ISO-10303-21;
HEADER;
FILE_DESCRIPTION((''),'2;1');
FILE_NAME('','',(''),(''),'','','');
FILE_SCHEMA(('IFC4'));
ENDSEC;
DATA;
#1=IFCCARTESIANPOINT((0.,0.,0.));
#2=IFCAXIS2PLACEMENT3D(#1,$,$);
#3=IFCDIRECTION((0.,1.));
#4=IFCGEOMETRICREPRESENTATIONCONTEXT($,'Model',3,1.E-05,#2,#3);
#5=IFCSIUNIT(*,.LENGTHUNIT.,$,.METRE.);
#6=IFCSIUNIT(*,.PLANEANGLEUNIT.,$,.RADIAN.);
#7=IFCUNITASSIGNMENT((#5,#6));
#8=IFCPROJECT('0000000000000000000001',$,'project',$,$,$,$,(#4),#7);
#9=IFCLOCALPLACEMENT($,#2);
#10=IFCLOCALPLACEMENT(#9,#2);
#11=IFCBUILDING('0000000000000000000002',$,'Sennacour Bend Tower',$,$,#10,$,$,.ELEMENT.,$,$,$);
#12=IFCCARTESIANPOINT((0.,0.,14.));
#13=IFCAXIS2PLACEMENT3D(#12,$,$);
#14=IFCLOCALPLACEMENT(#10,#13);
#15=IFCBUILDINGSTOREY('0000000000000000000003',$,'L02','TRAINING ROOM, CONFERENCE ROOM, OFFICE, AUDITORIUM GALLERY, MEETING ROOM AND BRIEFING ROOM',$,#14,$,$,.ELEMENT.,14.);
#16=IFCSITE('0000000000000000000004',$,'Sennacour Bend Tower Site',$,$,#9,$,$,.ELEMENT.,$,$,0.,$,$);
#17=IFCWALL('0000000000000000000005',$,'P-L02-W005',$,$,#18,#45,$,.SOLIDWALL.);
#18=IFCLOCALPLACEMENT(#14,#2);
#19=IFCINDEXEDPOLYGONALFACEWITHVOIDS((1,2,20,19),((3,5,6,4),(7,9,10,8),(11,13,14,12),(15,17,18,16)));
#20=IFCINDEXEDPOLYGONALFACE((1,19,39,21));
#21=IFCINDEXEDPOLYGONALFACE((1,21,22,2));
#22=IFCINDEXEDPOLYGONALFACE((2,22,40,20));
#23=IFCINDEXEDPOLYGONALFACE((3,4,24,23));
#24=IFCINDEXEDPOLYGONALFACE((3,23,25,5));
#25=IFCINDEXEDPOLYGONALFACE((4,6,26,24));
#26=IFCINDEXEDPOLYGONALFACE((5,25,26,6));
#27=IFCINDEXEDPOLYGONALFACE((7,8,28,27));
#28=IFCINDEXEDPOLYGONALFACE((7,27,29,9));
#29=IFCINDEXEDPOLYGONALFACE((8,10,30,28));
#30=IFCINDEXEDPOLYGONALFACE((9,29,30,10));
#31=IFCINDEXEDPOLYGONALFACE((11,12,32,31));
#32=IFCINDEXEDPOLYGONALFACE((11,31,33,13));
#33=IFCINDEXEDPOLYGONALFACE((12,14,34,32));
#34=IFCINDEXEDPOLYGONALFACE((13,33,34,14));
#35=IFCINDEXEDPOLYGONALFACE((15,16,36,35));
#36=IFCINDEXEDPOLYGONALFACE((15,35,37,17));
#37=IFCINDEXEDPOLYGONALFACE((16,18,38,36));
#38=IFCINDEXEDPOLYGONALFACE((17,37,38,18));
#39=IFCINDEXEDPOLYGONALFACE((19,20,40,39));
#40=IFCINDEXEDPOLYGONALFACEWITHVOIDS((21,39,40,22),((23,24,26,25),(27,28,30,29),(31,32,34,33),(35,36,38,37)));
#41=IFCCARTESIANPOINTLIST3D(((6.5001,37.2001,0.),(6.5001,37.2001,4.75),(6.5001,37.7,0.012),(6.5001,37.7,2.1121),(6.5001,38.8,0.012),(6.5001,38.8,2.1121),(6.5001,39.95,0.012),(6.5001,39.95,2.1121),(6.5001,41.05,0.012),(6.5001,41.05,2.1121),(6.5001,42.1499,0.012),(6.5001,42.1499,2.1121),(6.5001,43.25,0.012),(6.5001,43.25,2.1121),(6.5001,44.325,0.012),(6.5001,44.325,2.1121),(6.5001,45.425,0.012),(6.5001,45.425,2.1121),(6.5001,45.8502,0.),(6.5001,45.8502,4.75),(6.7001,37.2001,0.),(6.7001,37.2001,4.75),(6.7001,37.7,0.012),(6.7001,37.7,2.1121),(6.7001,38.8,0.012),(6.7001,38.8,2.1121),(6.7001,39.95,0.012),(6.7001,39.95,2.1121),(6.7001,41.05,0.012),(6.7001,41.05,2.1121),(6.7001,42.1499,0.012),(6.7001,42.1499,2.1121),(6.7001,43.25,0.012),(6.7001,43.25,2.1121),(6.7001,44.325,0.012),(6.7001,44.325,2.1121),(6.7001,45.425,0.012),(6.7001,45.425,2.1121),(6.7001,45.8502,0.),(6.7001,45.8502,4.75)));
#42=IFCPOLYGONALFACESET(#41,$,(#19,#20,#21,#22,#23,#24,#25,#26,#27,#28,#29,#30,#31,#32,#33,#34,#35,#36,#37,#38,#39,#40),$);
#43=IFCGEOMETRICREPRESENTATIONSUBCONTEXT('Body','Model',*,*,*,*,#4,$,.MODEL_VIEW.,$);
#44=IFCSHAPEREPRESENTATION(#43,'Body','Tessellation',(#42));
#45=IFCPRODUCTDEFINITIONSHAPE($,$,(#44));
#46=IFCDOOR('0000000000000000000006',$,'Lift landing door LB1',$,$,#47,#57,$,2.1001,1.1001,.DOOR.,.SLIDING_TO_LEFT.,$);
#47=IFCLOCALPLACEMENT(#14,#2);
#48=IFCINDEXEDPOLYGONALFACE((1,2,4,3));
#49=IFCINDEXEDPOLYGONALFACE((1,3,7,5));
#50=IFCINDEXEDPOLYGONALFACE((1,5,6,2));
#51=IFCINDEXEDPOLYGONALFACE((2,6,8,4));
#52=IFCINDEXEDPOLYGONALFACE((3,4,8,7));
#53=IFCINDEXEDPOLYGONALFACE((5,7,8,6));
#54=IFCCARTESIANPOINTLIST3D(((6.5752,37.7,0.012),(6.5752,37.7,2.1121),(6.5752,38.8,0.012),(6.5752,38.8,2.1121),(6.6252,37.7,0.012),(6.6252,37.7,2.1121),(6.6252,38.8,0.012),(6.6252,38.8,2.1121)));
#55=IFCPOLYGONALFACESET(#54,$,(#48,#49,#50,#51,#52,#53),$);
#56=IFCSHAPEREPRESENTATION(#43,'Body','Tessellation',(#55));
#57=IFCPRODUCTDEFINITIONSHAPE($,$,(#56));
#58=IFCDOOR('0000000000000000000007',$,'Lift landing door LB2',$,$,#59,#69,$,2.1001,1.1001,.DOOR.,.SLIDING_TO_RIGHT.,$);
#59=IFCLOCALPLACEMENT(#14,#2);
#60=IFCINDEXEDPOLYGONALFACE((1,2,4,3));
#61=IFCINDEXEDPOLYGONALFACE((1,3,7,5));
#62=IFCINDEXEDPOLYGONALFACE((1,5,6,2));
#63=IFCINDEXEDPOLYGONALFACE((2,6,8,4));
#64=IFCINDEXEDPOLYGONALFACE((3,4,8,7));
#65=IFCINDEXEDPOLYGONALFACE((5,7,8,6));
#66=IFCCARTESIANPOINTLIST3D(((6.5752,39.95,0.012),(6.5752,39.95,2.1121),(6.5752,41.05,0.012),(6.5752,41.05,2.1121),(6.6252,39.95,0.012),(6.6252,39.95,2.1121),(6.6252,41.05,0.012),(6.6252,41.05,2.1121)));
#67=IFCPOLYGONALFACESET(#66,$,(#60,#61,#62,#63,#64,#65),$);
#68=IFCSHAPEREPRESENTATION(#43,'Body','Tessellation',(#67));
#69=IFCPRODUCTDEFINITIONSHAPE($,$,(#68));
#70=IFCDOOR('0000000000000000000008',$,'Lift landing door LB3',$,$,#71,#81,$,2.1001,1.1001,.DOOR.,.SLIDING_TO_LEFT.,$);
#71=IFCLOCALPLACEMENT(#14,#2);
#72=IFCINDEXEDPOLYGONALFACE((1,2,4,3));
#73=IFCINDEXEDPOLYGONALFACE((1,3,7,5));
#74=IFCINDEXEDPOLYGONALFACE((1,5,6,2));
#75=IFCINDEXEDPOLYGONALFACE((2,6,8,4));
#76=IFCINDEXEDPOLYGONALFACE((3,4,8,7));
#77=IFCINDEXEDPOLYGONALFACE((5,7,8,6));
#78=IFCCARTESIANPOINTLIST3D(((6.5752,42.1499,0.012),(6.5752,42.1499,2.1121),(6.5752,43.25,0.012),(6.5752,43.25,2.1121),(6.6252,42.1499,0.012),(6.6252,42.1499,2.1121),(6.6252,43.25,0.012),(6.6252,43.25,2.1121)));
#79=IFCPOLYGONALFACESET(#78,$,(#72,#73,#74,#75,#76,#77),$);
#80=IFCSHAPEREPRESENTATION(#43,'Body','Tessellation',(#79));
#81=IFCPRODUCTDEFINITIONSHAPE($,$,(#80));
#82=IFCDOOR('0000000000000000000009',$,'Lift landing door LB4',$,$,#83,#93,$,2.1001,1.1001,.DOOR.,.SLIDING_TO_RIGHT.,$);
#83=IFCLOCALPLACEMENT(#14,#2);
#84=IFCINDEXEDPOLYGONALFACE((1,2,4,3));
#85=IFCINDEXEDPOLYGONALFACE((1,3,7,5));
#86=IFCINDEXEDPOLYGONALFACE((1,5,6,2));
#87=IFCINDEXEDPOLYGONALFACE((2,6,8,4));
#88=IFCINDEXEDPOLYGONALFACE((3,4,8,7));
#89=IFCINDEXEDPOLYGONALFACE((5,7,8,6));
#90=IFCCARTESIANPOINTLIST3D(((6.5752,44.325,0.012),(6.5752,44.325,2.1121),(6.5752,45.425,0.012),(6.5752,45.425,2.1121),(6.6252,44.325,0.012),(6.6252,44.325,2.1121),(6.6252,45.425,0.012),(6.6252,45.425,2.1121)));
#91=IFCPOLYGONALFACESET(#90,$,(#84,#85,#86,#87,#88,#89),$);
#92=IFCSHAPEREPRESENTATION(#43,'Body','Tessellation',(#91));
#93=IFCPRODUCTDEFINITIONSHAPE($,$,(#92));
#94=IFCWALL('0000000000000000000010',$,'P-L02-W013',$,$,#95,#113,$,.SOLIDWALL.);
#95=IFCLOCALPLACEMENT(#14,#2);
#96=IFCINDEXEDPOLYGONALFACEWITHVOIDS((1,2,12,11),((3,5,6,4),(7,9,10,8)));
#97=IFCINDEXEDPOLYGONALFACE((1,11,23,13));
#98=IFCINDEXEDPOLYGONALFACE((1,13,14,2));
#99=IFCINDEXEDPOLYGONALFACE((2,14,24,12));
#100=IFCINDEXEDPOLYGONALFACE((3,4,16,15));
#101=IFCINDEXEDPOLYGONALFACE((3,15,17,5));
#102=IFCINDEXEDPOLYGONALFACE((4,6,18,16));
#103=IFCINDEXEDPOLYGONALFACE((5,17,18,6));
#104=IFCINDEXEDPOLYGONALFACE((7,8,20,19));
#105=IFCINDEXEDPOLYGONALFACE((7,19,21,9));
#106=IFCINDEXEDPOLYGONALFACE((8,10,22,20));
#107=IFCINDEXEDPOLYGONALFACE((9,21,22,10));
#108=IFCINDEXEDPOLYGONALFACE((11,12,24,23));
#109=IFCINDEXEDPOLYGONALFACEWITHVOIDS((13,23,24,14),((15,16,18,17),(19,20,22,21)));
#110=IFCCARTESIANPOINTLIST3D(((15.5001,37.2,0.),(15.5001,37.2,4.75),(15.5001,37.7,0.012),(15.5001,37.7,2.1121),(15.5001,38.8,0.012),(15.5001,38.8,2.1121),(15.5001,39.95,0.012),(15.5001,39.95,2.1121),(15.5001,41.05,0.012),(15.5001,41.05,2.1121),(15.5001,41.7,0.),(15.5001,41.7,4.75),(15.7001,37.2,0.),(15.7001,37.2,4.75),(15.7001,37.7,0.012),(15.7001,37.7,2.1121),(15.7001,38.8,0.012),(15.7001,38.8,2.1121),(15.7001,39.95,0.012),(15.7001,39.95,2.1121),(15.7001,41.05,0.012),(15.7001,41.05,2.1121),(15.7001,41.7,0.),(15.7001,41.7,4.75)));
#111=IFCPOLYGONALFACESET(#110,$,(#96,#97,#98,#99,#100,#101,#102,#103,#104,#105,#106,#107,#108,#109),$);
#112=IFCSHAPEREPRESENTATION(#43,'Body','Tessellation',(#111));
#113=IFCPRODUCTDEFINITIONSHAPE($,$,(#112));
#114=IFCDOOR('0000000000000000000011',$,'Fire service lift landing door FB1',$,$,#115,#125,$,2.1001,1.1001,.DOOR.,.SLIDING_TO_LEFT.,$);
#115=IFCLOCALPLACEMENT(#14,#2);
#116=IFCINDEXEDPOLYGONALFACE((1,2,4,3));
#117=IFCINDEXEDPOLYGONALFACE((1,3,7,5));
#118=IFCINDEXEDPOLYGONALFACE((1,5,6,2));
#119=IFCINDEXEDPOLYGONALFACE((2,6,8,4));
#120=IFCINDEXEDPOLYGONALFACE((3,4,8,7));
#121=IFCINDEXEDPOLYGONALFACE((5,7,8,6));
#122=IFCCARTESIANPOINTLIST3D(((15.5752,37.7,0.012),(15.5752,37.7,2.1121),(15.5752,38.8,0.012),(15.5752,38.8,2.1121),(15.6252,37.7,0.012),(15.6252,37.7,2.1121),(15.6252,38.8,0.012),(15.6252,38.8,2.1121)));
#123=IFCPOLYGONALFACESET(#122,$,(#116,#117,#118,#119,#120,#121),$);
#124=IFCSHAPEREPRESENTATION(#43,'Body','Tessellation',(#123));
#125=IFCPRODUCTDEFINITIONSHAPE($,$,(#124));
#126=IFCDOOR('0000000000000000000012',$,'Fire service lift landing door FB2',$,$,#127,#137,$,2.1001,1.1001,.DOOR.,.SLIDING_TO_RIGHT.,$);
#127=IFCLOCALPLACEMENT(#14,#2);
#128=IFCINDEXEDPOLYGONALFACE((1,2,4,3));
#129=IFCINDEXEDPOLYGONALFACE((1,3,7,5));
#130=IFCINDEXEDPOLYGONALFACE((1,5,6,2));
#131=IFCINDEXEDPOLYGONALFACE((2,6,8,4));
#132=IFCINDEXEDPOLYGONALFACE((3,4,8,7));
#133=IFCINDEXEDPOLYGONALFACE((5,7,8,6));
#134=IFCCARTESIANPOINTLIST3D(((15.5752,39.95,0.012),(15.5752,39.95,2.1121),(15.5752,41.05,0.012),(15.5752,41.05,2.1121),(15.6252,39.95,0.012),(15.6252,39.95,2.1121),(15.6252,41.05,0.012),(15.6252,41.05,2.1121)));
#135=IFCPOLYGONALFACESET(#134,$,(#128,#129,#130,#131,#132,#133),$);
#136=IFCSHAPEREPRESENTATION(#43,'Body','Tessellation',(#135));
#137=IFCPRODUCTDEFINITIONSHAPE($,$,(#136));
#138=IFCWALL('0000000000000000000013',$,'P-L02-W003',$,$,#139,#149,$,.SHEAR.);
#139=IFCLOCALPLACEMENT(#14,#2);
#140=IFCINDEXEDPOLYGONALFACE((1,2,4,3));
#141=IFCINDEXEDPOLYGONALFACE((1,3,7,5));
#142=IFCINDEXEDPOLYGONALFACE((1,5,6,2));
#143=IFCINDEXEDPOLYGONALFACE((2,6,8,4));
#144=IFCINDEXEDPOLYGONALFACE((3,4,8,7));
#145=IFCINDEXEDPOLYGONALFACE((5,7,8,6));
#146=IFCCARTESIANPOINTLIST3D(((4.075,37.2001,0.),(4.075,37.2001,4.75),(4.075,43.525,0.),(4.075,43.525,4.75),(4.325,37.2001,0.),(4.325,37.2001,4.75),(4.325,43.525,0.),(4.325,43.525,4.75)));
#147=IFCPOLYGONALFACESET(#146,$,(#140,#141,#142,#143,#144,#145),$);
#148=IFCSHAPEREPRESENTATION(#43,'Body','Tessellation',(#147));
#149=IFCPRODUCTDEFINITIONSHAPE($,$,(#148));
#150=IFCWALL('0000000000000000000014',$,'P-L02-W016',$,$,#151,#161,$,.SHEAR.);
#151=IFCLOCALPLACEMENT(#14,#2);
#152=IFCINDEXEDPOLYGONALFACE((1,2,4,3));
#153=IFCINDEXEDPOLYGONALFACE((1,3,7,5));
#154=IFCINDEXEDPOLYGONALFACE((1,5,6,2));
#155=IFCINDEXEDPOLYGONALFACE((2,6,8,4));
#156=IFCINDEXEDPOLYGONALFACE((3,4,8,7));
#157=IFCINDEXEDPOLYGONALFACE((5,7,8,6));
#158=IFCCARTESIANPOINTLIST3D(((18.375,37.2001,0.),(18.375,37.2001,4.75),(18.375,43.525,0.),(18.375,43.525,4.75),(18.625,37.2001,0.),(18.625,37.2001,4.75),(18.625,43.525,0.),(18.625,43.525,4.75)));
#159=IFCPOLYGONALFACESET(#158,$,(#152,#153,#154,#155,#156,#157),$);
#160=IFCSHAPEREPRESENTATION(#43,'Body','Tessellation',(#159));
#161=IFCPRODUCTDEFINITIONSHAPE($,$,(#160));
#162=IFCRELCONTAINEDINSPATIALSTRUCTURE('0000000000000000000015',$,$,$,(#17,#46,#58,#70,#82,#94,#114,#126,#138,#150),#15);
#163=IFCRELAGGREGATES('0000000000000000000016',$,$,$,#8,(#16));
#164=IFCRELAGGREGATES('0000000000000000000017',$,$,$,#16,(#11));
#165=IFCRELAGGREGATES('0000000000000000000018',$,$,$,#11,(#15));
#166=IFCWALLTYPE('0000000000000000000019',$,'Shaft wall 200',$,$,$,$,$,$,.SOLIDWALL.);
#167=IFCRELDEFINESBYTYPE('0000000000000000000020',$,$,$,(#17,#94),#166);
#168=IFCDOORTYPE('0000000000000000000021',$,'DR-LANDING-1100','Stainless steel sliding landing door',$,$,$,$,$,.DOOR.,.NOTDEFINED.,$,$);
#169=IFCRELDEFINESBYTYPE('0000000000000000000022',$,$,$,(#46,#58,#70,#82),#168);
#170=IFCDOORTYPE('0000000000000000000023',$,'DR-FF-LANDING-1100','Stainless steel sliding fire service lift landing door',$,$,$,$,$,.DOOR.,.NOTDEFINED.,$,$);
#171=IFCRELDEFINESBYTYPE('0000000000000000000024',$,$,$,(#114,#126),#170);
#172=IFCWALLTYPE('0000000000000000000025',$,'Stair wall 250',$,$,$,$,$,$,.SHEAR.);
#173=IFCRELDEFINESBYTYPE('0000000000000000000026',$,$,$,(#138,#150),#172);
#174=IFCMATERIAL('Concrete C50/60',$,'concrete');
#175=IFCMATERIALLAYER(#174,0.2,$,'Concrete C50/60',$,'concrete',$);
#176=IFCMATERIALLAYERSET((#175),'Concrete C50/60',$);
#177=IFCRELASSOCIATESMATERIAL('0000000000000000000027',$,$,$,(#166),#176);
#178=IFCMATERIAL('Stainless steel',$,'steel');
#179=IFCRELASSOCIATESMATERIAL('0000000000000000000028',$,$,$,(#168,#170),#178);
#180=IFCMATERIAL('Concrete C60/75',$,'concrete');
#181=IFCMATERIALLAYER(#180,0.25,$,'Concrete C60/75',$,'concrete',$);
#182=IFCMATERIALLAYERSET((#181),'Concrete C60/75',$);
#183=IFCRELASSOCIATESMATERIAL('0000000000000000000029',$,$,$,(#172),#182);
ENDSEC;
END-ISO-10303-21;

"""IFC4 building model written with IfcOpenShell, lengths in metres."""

from ifc_helpers import new_model, si_unit, direction, frame, frame_2d, origin, place, context, subcontext, project, spatial, rectangle, extrude, material, layer, layer_set, type_object, element, fill, save


model = new_model("IFC4")

# Units and contexts
model_context = context("Model", 3, precision=1e-05, world=origin(), true_north=direction((0.0, 1.0)))
body_context = subcontext(model_context, "Body", "Model", "MODEL_VIEW")
ifc_project = project(units=[si_unit("LENGTHUNIT", "METRE"), si_unit("PLANEANGLEUNIT", "RADIAN")], contexts=[model_context])

# Site, building, storey
site_placement = place(None, origin())
site = spatial("IfcSite", under=ifc_project, at=site_placement, Name="Sennacour Bend Tower Site", CompositionType="ELEMENT", RefElevation=0.0)
building_placement = place(site_placement, origin())
building = spatial("IfcBuilding", under=site, at=building_placement, Name="Sennacour Bend Tower", CompositionType="ELEMENT")
storey_placement = place(building_placement, frame((0.0, 0.0, 14.0)))
storey = spatial("IfcBuildingStorey", under=building, at=storey_placement, Name="L02", Description="TRAINING ROOM, CONFERENCE ROOM, OFFICE, AUDITORIUM GALLERY, MEETING ROOM AND BRIEFING ROOM", CompositionType="ELEMENT", Elevation=14.0)

# Walls, openings, doors
ifc_material_1 = material(Name="Concrete C50/60", Category="concrete")
ifc_layer_1 = layer(ifc_material_1, 0.2, Name="Concrete C50/60", Category="concrete")
ifc_layer_set_1 = layer_set([ifc_layer_1], Name="Concrete C50/60")
wall_type_1 = type_object("IfcWallType", Name="Shaft wall 200", PredefinedType="SOLIDWALL", material=ifc_layer_set_1)
wall_1_placement = place(storey_placement, frame((6.6001, 37.2, 0.0), z_axis=(0.0, 0.0, 1.0), x_axis=(0.0, 1.0, 0.0)))
wall_1 = element("IfcWall", 1, at=wall_1_placement, inside=storey, type_object=wall_type_1, Name="P-L02-W005", PredefinedType="SOLIDWALL", context=body_context, shape_type="SweptSolid", body=[
    extrude(rectangle(XDim=8.6501, YDim=0.2, at=frame_2d((4.3252, 0.0))), origin(), (0.0, 0.0, 1.0), 4.75),
])
opening_1_placement = place(wall_1_placement, frame((0.5, 0.0, 0.012)))
opening_1 = element("IfcOpeningElement", 2, at=opening_1_placement, cuts=wall_1, PredefinedType="OPENING", context=body_context, shape_type="SweptSolid", body=[
    extrude(rectangle(XDim=1.1001, YDim=2.1001, at=frame_2d((0.55, 1.05))), frame((0.0, 0.1099, 0.0), z_axis=(0.0, -1.0, 0.0), x_axis=(1.0, 0.0, 0.0)), (0.0, 0.0, 1.0), 0.22),
])
opening_2_placement = place(wall_1_placement, frame((2.75, 0.0, 0.012)))
opening_2 = element("IfcOpeningElement", 3, at=opening_2_placement, cuts=wall_1, PredefinedType="OPENING", context=body_context, shape_type="SweptSolid", body=[
    extrude(rectangle(XDim=1.1001, YDim=2.1001, at=frame_2d((0.55, 1.05))), frame((0.0, 0.1099, 0.0), z_axis=(0.0, -1.0, 0.0), x_axis=(1.0, 0.0, 0.0)), (0.0, 0.0, 1.0), 0.22),
])
opening_3_placement = place(wall_1_placement, frame((4.95, 0.0, 0.012)))
opening_3 = element("IfcOpeningElement", 4, at=opening_3_placement, cuts=wall_1, PredefinedType="OPENING", context=body_context, shape_type="SweptSolid", body=[
    extrude(rectangle(XDim=1.1001, YDim=2.1001, at=frame_2d((0.55, 1.05))), frame((0.0, 0.1099, 0.0), z_axis=(0.0, -1.0, 0.0), x_axis=(1.0, 0.0, 0.0)), (0.0, 0.0, 1.0), 0.22),
])
opening_4_placement = place(wall_1_placement, frame((7.125, 0.0, 0.012)))
opening_4 = element("IfcOpeningElement", 5, at=opening_4_placement, cuts=wall_1, PredefinedType="OPENING", context=body_context, shape_type="SweptSolid", body=[
    extrude(rectangle(XDim=1.1001, YDim=2.1001, at=frame_2d((0.55, 1.05))), frame((0.0, 0.1099, 0.0), z_axis=(0.0, -1.0, 0.0), x_axis=(1.0, 0.0, 0.0)), (0.0, 0.0, 1.0), 0.22),
])
ifc_material_2 = material(Name="Stainless steel", Category="steel")
door_type_1 = type_object("IfcDoorType", Name="DR-LANDING-1100", Description="Stainless steel sliding landing door", OperationType="NOTDEFINED", PredefinedType="DOOR", material=ifc_material_2)
door_1_placement = place(opening_1_placement, origin())
door_1 = element("IfcDoor", 6, at=door_1_placement, inside=storey, type_object=door_type_1, Name="Lift landing door LB1", OperationType="SLIDING_TO_LEFT", OverallHeight=2.1001, OverallWidth=1.1001, PredefinedType="DOOR", context=body_context, shape_type="SweptSolid", body=[
    extrude(rectangle(XDim=1.1001, YDim=2.1001, at=frame_2d((0.55, 1.05))), frame((0.0, 0.0249, 0.0), z_axis=(0.0, -1.0, 0.0), x_axis=(1.0, 0.0, 0.0)), (0.0, 0.0, 1.0), 0.05),
])
fill(opening_1, door_1)
door_2_placement = place(opening_2_placement, origin())
door_2 = element("IfcDoor", 7, at=door_2_placement, inside=storey, type_object=door_type_1, Name="Lift landing door LB2", OperationType="SLIDING_TO_RIGHT", OverallHeight=2.1001, OverallWidth=1.1001, PredefinedType="DOOR", context=body_context, shape_type="SweptSolid", body=[
    extrude(rectangle(XDim=1.1001, YDim=2.1001, at=frame_2d((0.55, 1.05))), frame((0.0, 0.0249, 0.0), z_axis=(0.0, -1.0, 0.0), x_axis=(1.0, 0.0, 0.0)), (0.0, 0.0, 1.0), 0.05),
])
fill(opening_2, door_2)
door_3_placement = place(opening_3_placement, origin())
door_3 = element("IfcDoor", 8, at=door_3_placement, inside=storey, type_object=door_type_1, Name="Lift landing door LB3", OperationType="SLIDING_TO_LEFT", OverallHeight=2.1001, OverallWidth=1.1001, PredefinedType="DOOR", context=body_context, shape_type="SweptSolid", body=[
    extrude(rectangle(XDim=1.1001, YDim=2.1001, at=frame_2d((0.55, 1.05))), frame((0.0, 0.0249, 0.0), z_axis=(0.0, -1.0, 0.0), x_axis=(1.0, 0.0, 0.0)), (0.0, 0.0, 1.0), 0.05),
])
fill(opening_3, door_3)
door_4_placement = place(opening_4_placement, origin())
door_4 = element("IfcDoor", 9, at=door_4_placement, inside=storey, type_object=door_type_1, Name="Lift landing door LB4", OperationType="SLIDING_TO_RIGHT", OverallHeight=2.1001, OverallWidth=1.1001, PredefinedType="DOOR", context=body_context, shape_type="SweptSolid", body=[
    extrude(rectangle(XDim=1.1001, YDim=2.1001, at=frame_2d((0.55, 1.05))), frame((0.0, 0.0249, 0.0), z_axis=(0.0, -1.0, 0.0), x_axis=(1.0, 0.0, 0.0)), (0.0, 0.0, 1.0), 0.05),
])
fill(opening_4, door_4)
wall_2_placement = place(storey_placement, frame((15.6001, 37.2, 0.0), z_axis=(0.0, 0.0, 1.0), x_axis=(0.0, 1.0, 0.0)))
wall_2 = element("IfcWall", 10, at=wall_2_placement, inside=storey, type_object=wall_type_1, Name="P-L02-W013", PredefinedType="SOLIDWALL", context=body_context, shape_type="SweptSolid", body=[
    extrude(rectangle(XDim=4.5, YDim=0.2, at=frame_2d((2.25, 0.0))), origin(), (0.0, 0.0, 1.0), 4.75),
])
opening_5_placement = place(wall_2_placement, frame((0.5, 0.0, 0.012)))
opening_5 = element("IfcOpeningElement", 11, at=opening_5_placement, cuts=wall_2, PredefinedType="OPENING", context=body_context, shape_type="SweptSolid", body=[
    extrude(rectangle(XDim=1.1001, YDim=2.1001, at=frame_2d((0.55, 1.05))), frame((0.0, 0.1099, 0.0), z_axis=(0.0, -1.0, 0.0), x_axis=(1.0, 0.0, 0.0)), (0.0, 0.0, 1.0), 0.22),
])
opening_6_placement = place(wall_2_placement, frame((2.75, 0.0, 0.012)))
opening_6 = element("IfcOpeningElement", 12, at=opening_6_placement, cuts=wall_2, PredefinedType="OPENING", context=body_context, shape_type="SweptSolid", body=[
    extrude(rectangle(XDim=1.1001, YDim=2.1001, at=frame_2d((0.55, 1.05))), frame((0.0, 0.1099, 0.0), z_axis=(0.0, -1.0, 0.0), x_axis=(1.0, 0.0, 0.0)), (0.0, 0.0, 1.0), 0.22),
])
door_type_2 = type_object("IfcDoorType", Name="DR-FF-LANDING-1100", Description="Stainless steel sliding fire service lift landing door", OperationType="NOTDEFINED", PredefinedType="DOOR", material=ifc_material_2)
door_5_placement = place(opening_5_placement, origin())
door_5 = element("IfcDoor", 13, at=door_5_placement, inside=storey, type_object=door_type_2, Name="Fire service lift landing door FB1", OperationType="SLIDING_TO_LEFT", OverallHeight=2.1001, OverallWidth=1.1001, PredefinedType="DOOR", context=body_context, shape_type="SweptSolid", body=[
    extrude(rectangle(XDim=1.1001, YDim=2.1001, at=frame_2d((0.55, 1.05))), frame((0.0, 0.0249, 0.0), z_axis=(0.0, -1.0, 0.0), x_axis=(1.0, 0.0, 0.0)), (0.0, 0.0, 1.0), 0.05),
])
fill(opening_5, door_5)
door_6_placement = place(opening_6_placement, origin())
door_6 = element("IfcDoor", 14, at=door_6_placement, inside=storey, type_object=door_type_2, Name="Fire service lift landing door FB2", OperationType="SLIDING_TO_RIGHT", OverallHeight=2.1001, OverallWidth=1.1001, PredefinedType="DOOR", context=body_context, shape_type="SweptSolid", body=[
    extrude(rectangle(XDim=1.1001, YDim=2.1001, at=frame_2d((0.55, 1.05))), frame((0.0, 0.0249, 0.0), z_axis=(0.0, -1.0, 0.0), x_axis=(1.0, 0.0, 0.0)), (0.0, 0.0, 1.0), 0.05),
])
fill(opening_6, door_6)

# Walls
ifc_material_3 = material(Name="Concrete C60/75", Category="concrete")
ifc_layer_2 = layer(ifc_material_3, 0.25, Name="Concrete C60/75", Category="concrete")
ifc_layer_set_2 = layer_set([ifc_layer_2], Name="Concrete C60/75")
wall_type_2 = type_object("IfcWallType", Name="Stair wall 250", PredefinedType="SHEAR", material=ifc_layer_set_2)
for number, where, z_axis, x_axis, name in (
    (15, (4.2, 37.2, 0.0), (0.0, 0.0, 1.0), (0.0, 1.0, 0.0), "P-L02-W003"),
    (16, (18.5, 37.2, 0.0), (0.0, 0.0, 1.0), (0.0, 1.0, 0.0), "P-L02-W016"),
):
    element("IfcWall", number, at=place(storey_placement, frame(where, z_axis=z_axis, x_axis=x_axis)), inside=storey, type_object=wall_type_2, Name=name, PredefinedType="SHEAR", context=body_context, shape_type="SweptSolid", body=[
        extrude(rectangle(XDim=6.325, YDim=0.25, at=frame_2d((3.1626, 0.0))), origin(), (0.0, 0.0, 1.0), 4.75),
    ])

save(model, "model.ifc")
